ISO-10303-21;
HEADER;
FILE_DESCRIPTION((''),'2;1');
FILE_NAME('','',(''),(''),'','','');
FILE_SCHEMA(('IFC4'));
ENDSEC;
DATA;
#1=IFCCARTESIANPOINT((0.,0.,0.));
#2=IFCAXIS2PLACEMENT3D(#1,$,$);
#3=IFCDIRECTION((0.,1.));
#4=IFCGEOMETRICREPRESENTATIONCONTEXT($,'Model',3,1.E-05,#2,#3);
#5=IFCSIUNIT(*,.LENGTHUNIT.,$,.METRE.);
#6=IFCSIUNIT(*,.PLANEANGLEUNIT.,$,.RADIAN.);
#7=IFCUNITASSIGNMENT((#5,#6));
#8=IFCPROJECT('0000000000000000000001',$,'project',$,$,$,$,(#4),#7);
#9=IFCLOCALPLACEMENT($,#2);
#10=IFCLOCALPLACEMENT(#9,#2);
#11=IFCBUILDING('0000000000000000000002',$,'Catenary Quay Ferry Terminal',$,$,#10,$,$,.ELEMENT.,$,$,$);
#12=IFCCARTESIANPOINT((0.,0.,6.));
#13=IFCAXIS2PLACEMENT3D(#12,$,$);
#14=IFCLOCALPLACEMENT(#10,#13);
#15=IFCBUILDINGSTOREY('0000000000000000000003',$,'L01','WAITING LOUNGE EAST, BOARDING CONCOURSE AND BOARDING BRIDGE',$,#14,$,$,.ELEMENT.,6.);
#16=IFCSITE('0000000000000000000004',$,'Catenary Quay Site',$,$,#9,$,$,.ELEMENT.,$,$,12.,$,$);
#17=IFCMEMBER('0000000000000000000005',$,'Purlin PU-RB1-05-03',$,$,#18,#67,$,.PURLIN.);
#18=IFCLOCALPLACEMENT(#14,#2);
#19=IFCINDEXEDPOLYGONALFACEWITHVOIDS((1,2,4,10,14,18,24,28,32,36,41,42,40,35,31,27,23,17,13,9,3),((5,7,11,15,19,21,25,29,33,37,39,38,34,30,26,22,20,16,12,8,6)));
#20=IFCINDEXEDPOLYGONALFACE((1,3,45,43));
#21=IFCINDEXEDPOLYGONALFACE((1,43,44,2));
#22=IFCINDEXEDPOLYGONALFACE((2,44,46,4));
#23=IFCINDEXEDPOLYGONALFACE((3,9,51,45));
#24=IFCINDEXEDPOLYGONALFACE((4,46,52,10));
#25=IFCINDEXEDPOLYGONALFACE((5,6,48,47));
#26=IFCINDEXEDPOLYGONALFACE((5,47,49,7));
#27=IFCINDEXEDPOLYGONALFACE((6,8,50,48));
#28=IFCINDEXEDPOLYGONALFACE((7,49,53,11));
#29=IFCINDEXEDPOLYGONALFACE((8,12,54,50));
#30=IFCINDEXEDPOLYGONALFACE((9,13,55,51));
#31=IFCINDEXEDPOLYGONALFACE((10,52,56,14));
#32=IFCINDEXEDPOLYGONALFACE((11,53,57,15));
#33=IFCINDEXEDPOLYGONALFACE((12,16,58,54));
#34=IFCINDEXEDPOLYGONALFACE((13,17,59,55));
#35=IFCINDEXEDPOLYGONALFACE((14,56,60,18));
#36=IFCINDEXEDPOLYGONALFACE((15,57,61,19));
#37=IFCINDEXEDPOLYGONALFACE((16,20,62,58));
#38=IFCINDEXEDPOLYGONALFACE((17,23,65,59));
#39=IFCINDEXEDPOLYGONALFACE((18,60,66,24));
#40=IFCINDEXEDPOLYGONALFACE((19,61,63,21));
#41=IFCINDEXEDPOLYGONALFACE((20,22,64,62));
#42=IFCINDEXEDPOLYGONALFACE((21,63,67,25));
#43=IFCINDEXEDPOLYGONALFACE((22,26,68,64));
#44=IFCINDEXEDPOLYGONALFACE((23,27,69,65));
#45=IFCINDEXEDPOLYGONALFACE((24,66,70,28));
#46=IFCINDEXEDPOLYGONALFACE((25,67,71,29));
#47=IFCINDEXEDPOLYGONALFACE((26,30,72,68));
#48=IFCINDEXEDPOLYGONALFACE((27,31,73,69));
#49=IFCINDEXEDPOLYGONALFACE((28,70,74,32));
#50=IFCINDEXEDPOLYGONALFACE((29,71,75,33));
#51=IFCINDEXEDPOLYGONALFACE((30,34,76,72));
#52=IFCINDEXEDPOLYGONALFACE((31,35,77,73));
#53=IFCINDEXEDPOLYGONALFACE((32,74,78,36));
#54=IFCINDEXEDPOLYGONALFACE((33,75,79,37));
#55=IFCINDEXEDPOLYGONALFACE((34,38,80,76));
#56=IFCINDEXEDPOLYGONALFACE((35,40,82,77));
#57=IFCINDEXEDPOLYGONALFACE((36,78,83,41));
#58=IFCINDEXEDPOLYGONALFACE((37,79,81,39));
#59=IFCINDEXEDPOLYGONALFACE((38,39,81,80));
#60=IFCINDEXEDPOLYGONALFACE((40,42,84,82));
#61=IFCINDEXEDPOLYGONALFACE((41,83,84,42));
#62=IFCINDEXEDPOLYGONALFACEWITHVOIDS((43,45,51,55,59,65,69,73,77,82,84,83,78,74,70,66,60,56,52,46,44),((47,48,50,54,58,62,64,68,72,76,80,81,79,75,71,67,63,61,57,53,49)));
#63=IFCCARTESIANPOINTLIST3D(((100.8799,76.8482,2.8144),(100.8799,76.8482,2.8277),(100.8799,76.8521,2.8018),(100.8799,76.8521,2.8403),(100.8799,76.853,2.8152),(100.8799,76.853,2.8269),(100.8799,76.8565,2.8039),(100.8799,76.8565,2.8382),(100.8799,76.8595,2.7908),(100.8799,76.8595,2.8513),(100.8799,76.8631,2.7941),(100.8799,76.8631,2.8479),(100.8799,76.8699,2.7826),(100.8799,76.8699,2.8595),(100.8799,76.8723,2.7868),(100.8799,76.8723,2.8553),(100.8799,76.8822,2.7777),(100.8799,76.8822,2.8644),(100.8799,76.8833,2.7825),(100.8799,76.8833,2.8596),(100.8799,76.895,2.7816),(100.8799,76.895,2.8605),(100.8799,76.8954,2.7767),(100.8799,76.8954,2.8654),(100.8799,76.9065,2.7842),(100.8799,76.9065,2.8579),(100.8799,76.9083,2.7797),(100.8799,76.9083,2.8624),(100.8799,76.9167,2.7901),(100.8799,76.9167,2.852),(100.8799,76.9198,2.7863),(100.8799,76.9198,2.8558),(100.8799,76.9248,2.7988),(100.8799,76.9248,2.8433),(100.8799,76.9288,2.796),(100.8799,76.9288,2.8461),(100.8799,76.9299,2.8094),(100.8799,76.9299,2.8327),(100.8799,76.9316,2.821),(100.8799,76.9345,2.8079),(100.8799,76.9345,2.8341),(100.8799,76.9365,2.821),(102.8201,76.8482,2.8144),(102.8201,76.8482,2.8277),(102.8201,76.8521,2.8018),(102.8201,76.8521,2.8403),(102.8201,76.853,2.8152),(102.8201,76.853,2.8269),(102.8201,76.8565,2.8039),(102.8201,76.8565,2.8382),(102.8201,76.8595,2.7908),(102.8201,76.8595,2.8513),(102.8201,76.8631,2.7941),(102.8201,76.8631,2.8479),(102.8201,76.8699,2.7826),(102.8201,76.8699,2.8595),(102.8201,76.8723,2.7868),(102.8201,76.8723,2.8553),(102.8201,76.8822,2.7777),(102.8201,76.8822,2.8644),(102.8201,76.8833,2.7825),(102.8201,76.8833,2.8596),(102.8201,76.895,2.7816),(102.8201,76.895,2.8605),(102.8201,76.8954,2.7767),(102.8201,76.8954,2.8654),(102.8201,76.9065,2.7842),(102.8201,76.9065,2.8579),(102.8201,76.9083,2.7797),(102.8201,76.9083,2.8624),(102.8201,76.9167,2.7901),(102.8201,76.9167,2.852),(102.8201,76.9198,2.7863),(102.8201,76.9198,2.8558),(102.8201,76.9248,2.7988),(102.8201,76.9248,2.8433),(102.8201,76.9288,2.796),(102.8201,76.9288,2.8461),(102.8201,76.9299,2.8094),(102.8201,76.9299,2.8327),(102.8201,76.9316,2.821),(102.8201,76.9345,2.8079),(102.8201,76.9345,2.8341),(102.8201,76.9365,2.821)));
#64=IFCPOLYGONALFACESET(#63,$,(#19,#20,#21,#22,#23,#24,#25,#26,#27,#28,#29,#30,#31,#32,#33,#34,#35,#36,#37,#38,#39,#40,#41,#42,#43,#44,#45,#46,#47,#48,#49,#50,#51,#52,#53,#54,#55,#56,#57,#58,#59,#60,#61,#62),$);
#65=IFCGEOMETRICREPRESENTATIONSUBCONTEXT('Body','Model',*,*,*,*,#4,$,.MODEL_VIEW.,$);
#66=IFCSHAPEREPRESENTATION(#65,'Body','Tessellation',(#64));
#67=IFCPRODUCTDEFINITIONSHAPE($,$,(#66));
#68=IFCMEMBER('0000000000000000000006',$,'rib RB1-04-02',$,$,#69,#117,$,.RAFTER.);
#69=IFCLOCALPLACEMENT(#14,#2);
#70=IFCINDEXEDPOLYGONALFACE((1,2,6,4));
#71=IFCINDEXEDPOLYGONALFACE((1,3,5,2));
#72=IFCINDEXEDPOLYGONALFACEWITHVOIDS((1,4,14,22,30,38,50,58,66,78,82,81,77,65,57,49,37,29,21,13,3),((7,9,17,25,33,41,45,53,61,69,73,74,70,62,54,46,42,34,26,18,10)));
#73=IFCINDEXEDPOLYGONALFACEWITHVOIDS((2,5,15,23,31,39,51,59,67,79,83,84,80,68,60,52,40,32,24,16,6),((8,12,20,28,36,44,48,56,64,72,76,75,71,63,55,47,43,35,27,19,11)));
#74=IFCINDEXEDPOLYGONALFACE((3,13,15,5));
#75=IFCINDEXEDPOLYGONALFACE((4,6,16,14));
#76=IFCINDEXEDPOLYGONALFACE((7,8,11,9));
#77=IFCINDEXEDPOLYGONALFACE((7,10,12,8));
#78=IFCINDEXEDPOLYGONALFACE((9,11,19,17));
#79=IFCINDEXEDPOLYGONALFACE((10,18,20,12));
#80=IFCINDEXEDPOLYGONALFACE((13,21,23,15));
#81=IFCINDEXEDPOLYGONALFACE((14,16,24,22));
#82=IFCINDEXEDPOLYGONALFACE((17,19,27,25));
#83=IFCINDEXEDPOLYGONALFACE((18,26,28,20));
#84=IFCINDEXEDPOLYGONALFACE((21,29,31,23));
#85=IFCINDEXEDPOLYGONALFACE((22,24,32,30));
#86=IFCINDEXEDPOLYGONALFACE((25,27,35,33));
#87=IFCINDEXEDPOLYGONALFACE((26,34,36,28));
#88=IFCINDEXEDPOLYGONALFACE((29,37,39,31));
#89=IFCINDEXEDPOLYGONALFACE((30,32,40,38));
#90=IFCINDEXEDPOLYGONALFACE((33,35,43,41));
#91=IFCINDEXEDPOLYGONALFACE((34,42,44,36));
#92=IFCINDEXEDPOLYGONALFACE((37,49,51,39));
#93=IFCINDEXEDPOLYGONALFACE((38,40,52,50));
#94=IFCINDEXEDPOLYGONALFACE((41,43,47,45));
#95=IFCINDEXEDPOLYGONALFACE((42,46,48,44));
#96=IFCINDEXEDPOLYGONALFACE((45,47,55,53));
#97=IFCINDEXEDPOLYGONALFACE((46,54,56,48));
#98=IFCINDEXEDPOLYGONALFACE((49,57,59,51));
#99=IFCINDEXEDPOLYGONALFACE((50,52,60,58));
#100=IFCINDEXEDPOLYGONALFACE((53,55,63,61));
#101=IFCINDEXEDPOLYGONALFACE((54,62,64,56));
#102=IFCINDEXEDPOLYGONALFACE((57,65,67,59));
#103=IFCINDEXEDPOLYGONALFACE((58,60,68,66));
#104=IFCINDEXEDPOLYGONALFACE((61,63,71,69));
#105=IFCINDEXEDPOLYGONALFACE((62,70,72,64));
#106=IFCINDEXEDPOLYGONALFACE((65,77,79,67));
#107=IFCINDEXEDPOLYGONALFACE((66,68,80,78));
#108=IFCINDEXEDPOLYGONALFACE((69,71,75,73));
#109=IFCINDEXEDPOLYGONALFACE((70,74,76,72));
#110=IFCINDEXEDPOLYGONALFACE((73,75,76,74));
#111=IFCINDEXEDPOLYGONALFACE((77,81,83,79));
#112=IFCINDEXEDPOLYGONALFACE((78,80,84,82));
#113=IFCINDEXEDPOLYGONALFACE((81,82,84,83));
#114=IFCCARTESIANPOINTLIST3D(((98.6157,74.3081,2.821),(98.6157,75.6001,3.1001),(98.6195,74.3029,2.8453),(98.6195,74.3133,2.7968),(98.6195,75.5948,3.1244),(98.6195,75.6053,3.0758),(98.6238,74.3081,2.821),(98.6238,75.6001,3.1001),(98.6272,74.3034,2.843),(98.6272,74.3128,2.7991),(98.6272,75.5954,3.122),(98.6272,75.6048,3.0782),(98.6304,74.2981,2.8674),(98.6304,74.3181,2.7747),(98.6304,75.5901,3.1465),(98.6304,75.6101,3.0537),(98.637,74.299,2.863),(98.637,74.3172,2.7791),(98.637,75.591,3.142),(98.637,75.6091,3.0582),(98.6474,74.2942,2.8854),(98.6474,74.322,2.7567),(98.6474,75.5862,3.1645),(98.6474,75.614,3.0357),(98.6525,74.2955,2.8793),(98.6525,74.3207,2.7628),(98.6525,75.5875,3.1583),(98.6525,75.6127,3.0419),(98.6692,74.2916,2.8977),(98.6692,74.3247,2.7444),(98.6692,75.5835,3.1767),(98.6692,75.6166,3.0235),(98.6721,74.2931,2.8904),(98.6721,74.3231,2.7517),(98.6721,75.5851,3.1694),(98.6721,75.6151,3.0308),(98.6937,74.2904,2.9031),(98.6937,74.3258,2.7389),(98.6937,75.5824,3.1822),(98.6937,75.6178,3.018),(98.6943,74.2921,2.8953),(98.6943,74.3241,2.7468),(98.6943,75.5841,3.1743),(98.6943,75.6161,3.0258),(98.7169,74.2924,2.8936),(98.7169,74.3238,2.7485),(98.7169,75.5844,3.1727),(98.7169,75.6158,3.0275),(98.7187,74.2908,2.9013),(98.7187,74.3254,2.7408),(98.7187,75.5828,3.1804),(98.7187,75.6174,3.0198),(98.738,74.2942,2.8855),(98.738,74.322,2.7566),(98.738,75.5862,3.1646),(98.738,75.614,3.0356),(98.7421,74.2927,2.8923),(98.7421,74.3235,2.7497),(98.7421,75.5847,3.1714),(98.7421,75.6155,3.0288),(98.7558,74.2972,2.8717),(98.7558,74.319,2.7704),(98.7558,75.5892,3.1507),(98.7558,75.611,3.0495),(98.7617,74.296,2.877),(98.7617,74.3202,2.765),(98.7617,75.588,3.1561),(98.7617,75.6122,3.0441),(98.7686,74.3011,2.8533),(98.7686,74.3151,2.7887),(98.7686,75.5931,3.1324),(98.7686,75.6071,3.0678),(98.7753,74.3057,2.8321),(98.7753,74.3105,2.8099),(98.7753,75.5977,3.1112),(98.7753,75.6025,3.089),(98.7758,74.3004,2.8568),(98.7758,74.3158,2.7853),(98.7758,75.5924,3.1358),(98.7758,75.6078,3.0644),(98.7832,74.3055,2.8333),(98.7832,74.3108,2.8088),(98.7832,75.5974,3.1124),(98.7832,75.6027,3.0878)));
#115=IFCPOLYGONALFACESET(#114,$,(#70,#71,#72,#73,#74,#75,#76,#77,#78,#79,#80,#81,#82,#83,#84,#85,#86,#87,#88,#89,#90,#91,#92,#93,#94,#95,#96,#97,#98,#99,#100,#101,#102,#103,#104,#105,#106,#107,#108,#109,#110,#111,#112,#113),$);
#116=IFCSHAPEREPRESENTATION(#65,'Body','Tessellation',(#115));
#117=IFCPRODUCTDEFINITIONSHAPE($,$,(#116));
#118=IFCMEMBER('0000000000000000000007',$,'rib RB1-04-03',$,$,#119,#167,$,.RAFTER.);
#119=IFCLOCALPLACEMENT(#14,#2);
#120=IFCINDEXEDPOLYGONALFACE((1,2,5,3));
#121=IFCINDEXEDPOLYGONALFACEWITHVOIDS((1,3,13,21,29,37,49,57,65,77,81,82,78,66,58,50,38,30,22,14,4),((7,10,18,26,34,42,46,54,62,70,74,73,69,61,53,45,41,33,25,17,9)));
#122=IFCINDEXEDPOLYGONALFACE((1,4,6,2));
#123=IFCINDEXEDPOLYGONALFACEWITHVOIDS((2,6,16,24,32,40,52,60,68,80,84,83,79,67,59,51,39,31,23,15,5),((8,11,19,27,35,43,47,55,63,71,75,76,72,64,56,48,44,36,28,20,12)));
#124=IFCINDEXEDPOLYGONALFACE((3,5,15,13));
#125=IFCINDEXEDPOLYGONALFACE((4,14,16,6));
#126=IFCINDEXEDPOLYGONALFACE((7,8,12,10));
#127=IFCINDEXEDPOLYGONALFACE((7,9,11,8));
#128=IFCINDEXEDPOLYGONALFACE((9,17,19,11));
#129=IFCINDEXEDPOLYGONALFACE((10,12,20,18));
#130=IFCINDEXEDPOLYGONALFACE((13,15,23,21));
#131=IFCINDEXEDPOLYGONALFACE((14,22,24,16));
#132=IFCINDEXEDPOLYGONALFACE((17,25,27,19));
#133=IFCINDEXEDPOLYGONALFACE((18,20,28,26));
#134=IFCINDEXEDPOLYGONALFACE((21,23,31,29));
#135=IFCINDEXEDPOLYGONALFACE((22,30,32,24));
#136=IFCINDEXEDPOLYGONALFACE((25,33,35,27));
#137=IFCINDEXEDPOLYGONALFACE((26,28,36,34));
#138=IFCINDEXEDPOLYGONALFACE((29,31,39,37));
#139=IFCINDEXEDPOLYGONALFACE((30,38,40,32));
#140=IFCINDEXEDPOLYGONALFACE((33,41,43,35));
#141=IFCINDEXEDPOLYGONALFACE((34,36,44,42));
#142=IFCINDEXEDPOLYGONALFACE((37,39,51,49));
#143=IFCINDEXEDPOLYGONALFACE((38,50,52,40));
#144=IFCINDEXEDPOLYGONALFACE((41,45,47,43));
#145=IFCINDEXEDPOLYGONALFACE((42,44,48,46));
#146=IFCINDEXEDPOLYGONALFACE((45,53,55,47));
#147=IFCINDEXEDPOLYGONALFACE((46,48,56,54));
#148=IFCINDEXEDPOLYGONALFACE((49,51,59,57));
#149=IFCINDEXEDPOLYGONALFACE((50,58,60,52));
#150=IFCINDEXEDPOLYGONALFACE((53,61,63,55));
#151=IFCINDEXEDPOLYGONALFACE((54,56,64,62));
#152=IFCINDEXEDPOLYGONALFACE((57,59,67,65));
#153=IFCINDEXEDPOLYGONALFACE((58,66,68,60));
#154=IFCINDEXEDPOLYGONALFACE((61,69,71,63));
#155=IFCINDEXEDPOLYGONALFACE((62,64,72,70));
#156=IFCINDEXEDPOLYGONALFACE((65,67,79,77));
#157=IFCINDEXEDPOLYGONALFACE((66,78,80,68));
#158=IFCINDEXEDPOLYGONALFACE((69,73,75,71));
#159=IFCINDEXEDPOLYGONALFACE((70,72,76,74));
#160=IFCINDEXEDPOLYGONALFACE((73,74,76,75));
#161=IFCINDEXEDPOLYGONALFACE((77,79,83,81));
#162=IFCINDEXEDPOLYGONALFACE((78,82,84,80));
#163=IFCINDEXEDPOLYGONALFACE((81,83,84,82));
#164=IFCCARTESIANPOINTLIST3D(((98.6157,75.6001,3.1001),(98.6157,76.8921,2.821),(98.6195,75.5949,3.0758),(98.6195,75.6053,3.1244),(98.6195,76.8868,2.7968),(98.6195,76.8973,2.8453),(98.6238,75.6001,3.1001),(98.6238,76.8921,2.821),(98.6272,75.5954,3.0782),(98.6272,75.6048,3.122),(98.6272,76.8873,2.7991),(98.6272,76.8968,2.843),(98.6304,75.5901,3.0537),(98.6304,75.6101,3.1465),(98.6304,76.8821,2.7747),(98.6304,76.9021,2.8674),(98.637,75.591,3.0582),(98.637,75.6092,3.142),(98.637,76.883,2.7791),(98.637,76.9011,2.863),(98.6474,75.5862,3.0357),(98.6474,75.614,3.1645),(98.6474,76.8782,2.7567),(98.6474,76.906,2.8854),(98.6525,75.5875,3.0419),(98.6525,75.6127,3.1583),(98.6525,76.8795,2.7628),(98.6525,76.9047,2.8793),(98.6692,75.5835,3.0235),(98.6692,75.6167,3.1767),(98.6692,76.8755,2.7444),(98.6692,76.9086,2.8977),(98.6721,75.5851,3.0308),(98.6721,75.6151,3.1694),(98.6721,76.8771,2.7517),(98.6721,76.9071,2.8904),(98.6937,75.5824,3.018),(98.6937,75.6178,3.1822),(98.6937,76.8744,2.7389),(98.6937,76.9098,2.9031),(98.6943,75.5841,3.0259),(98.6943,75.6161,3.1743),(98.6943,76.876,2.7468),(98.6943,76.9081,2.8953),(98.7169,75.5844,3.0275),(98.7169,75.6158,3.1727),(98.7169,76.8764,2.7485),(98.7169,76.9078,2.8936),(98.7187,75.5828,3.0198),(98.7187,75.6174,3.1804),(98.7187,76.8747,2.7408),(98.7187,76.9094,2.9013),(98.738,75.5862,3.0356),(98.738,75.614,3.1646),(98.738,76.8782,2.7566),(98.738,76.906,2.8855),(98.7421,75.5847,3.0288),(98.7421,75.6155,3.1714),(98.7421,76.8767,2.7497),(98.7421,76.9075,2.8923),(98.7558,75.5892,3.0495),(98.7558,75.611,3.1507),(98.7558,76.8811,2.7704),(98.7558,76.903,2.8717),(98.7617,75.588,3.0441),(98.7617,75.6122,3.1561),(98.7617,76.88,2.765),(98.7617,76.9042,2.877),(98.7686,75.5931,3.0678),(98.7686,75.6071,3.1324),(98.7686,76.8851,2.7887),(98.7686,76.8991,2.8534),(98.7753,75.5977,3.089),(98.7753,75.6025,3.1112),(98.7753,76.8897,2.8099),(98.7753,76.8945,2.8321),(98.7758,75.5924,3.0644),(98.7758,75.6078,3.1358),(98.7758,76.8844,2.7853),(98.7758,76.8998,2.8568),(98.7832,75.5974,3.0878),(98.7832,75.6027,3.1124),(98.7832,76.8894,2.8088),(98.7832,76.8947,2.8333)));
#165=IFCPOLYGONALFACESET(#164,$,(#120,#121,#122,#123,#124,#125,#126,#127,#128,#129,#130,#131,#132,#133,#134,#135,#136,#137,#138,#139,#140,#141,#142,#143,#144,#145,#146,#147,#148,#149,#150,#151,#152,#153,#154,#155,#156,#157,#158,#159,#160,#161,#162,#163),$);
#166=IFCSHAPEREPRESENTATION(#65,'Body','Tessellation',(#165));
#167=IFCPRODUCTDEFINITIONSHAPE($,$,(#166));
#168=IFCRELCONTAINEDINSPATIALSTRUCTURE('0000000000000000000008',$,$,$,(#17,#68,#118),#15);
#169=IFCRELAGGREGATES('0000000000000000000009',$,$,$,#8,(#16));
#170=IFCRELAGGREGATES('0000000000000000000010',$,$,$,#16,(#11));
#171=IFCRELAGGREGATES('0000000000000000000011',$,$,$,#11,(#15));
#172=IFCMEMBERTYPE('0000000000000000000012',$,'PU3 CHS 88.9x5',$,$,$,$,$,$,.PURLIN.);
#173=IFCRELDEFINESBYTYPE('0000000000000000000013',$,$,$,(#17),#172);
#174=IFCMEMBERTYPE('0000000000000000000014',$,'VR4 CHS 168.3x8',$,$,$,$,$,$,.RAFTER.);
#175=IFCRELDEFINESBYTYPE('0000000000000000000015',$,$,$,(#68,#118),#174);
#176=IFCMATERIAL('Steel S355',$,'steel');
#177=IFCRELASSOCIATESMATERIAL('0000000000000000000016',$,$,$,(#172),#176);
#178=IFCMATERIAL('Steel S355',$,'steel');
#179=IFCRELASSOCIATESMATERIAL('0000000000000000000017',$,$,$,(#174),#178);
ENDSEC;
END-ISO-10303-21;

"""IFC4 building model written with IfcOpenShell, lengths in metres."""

from ifc_helpers import new_model, si_unit, direction, frame, origin, origin_2d, place, context, subcontext, project, spatial, hollow_circle, extrude, material, material_profile, profile_set, type_object, element, save


model = new_model("IFC4")

# Units and contexts
model_context = context("Model", 3, precision=1e-05, world=origin(), true_north=direction((0.0, 1.0)))
body_context = subcontext(model_context, "Body", "Model", "MODEL_VIEW")
ifc_project = project(units=[si_unit("LENGTHUNIT", "METRE"), si_unit("PLANEANGLEUNIT", "RADIAN")], contexts=[model_context])

# Site, building, storey
site_placement = place(None, origin())
site = spatial("IfcSite", under=ifc_project, at=site_placement, Name="Catenary Quay Site", CompositionType="ELEMENT", RefElevation=12.0)
building_placement = place(site_placement, origin())
building = spatial("IfcBuilding", under=site, at=building_placement, Name="Catenary Quay Ferry Terminal", CompositionType="ELEMENT")
storey_placement = place(building_placement, frame((0.0, 0.0, 6.0)))
storey = spatial("IfcBuildingStorey", under=building, at=storey_placement, Name="L01", Description="WAITING LOUNGE EAST, BOARDING CONCOURSE AND BOARDING BRIDGE", CompositionType="ELEMENT", Elevation=6.0)

# Members
ifc_material_1 = material(Name="Steel S355", Category="steel")
ifc_material_profile_1 = material_profile(ifc_material_1, hollow_circle(Radius=0.0444, WallThickness=0.0049, at=origin_2d()), Name="CHS 88.9x5")
ifc_profile_set_1 = profile_set([ifc_material_profile_1], Name="Steel S355")
member_type_1 = type_object("IfcMemberType", Name="PU3 CHS 88.9x5", PredefinedType="PURLIN", material=ifc_profile_set_1)
for number, where, z_axis, x_axis, name in (
    (1, (100.8799, 76.8921, 2.821), (1.0, 0.0, 0.0), (0.0, 1.0, 0.0), "Purlin PU-RB1-05-03"),
):
    element("IfcMember", number, at=place(storey_placement, frame(where, z_axis=z_axis, x_axis=x_axis)), inside=storey, type_object=member_type_1, Name=name, PredefinedType="PURLIN", context=body_context, shape_type="SweptSolid", body=[
        extrude(hollow_circle(Radius=0.0444, WallThickness=0.0049, at=origin_2d()), origin(), (0.0, 0.0, 1.0), 1.9402),
    ])
ifc_material_2 = material(Name="Steel S355", Category="steel")
ifc_material_profile_2 = material_profile(ifc_material_2, hollow_circle(Radius=0.0842, WallThickness=0.0081, at=origin_2d()), Name="CHS 168.3x8")
ifc_profile_set_2 = profile_set([ifc_material_profile_2], Name="Steel S355")
member_type_2 = type_object("IfcMemberType", Name="VR4 CHS 168.3x8", PredefinedType="RAFTER", material=ifc_profile_set_2)
for number, where, z_axis, x_axis, name in (
    (2, (98.7, 74.3081, 2.821), (0.0, 0.977461, 0.211118), (-1.0, 0.0, 0.0), "rib RB1-04-02"),
    (3, (98.7, 75.6001, 3.1001), (0.0, 0.977461, -0.211118), (-1.0, 0.0, 0.0), "rib RB1-04-03"),
):
    element("IfcMember", number, at=place(storey_placement, frame(where, z_axis=z_axis, x_axis=x_axis)), inside=storey, type_object=member_type_2, Name=name, PredefinedType="RAFTER", context=body_context, shape_type="SweptSolid", body=[
        extrude(hollow_circle(Radius=0.0842, WallThickness=0.0081, at=origin_2d()), origin(), (0.0, 0.0, 1.0), 1.3218),
    ])

save(model, "model.ifc")
